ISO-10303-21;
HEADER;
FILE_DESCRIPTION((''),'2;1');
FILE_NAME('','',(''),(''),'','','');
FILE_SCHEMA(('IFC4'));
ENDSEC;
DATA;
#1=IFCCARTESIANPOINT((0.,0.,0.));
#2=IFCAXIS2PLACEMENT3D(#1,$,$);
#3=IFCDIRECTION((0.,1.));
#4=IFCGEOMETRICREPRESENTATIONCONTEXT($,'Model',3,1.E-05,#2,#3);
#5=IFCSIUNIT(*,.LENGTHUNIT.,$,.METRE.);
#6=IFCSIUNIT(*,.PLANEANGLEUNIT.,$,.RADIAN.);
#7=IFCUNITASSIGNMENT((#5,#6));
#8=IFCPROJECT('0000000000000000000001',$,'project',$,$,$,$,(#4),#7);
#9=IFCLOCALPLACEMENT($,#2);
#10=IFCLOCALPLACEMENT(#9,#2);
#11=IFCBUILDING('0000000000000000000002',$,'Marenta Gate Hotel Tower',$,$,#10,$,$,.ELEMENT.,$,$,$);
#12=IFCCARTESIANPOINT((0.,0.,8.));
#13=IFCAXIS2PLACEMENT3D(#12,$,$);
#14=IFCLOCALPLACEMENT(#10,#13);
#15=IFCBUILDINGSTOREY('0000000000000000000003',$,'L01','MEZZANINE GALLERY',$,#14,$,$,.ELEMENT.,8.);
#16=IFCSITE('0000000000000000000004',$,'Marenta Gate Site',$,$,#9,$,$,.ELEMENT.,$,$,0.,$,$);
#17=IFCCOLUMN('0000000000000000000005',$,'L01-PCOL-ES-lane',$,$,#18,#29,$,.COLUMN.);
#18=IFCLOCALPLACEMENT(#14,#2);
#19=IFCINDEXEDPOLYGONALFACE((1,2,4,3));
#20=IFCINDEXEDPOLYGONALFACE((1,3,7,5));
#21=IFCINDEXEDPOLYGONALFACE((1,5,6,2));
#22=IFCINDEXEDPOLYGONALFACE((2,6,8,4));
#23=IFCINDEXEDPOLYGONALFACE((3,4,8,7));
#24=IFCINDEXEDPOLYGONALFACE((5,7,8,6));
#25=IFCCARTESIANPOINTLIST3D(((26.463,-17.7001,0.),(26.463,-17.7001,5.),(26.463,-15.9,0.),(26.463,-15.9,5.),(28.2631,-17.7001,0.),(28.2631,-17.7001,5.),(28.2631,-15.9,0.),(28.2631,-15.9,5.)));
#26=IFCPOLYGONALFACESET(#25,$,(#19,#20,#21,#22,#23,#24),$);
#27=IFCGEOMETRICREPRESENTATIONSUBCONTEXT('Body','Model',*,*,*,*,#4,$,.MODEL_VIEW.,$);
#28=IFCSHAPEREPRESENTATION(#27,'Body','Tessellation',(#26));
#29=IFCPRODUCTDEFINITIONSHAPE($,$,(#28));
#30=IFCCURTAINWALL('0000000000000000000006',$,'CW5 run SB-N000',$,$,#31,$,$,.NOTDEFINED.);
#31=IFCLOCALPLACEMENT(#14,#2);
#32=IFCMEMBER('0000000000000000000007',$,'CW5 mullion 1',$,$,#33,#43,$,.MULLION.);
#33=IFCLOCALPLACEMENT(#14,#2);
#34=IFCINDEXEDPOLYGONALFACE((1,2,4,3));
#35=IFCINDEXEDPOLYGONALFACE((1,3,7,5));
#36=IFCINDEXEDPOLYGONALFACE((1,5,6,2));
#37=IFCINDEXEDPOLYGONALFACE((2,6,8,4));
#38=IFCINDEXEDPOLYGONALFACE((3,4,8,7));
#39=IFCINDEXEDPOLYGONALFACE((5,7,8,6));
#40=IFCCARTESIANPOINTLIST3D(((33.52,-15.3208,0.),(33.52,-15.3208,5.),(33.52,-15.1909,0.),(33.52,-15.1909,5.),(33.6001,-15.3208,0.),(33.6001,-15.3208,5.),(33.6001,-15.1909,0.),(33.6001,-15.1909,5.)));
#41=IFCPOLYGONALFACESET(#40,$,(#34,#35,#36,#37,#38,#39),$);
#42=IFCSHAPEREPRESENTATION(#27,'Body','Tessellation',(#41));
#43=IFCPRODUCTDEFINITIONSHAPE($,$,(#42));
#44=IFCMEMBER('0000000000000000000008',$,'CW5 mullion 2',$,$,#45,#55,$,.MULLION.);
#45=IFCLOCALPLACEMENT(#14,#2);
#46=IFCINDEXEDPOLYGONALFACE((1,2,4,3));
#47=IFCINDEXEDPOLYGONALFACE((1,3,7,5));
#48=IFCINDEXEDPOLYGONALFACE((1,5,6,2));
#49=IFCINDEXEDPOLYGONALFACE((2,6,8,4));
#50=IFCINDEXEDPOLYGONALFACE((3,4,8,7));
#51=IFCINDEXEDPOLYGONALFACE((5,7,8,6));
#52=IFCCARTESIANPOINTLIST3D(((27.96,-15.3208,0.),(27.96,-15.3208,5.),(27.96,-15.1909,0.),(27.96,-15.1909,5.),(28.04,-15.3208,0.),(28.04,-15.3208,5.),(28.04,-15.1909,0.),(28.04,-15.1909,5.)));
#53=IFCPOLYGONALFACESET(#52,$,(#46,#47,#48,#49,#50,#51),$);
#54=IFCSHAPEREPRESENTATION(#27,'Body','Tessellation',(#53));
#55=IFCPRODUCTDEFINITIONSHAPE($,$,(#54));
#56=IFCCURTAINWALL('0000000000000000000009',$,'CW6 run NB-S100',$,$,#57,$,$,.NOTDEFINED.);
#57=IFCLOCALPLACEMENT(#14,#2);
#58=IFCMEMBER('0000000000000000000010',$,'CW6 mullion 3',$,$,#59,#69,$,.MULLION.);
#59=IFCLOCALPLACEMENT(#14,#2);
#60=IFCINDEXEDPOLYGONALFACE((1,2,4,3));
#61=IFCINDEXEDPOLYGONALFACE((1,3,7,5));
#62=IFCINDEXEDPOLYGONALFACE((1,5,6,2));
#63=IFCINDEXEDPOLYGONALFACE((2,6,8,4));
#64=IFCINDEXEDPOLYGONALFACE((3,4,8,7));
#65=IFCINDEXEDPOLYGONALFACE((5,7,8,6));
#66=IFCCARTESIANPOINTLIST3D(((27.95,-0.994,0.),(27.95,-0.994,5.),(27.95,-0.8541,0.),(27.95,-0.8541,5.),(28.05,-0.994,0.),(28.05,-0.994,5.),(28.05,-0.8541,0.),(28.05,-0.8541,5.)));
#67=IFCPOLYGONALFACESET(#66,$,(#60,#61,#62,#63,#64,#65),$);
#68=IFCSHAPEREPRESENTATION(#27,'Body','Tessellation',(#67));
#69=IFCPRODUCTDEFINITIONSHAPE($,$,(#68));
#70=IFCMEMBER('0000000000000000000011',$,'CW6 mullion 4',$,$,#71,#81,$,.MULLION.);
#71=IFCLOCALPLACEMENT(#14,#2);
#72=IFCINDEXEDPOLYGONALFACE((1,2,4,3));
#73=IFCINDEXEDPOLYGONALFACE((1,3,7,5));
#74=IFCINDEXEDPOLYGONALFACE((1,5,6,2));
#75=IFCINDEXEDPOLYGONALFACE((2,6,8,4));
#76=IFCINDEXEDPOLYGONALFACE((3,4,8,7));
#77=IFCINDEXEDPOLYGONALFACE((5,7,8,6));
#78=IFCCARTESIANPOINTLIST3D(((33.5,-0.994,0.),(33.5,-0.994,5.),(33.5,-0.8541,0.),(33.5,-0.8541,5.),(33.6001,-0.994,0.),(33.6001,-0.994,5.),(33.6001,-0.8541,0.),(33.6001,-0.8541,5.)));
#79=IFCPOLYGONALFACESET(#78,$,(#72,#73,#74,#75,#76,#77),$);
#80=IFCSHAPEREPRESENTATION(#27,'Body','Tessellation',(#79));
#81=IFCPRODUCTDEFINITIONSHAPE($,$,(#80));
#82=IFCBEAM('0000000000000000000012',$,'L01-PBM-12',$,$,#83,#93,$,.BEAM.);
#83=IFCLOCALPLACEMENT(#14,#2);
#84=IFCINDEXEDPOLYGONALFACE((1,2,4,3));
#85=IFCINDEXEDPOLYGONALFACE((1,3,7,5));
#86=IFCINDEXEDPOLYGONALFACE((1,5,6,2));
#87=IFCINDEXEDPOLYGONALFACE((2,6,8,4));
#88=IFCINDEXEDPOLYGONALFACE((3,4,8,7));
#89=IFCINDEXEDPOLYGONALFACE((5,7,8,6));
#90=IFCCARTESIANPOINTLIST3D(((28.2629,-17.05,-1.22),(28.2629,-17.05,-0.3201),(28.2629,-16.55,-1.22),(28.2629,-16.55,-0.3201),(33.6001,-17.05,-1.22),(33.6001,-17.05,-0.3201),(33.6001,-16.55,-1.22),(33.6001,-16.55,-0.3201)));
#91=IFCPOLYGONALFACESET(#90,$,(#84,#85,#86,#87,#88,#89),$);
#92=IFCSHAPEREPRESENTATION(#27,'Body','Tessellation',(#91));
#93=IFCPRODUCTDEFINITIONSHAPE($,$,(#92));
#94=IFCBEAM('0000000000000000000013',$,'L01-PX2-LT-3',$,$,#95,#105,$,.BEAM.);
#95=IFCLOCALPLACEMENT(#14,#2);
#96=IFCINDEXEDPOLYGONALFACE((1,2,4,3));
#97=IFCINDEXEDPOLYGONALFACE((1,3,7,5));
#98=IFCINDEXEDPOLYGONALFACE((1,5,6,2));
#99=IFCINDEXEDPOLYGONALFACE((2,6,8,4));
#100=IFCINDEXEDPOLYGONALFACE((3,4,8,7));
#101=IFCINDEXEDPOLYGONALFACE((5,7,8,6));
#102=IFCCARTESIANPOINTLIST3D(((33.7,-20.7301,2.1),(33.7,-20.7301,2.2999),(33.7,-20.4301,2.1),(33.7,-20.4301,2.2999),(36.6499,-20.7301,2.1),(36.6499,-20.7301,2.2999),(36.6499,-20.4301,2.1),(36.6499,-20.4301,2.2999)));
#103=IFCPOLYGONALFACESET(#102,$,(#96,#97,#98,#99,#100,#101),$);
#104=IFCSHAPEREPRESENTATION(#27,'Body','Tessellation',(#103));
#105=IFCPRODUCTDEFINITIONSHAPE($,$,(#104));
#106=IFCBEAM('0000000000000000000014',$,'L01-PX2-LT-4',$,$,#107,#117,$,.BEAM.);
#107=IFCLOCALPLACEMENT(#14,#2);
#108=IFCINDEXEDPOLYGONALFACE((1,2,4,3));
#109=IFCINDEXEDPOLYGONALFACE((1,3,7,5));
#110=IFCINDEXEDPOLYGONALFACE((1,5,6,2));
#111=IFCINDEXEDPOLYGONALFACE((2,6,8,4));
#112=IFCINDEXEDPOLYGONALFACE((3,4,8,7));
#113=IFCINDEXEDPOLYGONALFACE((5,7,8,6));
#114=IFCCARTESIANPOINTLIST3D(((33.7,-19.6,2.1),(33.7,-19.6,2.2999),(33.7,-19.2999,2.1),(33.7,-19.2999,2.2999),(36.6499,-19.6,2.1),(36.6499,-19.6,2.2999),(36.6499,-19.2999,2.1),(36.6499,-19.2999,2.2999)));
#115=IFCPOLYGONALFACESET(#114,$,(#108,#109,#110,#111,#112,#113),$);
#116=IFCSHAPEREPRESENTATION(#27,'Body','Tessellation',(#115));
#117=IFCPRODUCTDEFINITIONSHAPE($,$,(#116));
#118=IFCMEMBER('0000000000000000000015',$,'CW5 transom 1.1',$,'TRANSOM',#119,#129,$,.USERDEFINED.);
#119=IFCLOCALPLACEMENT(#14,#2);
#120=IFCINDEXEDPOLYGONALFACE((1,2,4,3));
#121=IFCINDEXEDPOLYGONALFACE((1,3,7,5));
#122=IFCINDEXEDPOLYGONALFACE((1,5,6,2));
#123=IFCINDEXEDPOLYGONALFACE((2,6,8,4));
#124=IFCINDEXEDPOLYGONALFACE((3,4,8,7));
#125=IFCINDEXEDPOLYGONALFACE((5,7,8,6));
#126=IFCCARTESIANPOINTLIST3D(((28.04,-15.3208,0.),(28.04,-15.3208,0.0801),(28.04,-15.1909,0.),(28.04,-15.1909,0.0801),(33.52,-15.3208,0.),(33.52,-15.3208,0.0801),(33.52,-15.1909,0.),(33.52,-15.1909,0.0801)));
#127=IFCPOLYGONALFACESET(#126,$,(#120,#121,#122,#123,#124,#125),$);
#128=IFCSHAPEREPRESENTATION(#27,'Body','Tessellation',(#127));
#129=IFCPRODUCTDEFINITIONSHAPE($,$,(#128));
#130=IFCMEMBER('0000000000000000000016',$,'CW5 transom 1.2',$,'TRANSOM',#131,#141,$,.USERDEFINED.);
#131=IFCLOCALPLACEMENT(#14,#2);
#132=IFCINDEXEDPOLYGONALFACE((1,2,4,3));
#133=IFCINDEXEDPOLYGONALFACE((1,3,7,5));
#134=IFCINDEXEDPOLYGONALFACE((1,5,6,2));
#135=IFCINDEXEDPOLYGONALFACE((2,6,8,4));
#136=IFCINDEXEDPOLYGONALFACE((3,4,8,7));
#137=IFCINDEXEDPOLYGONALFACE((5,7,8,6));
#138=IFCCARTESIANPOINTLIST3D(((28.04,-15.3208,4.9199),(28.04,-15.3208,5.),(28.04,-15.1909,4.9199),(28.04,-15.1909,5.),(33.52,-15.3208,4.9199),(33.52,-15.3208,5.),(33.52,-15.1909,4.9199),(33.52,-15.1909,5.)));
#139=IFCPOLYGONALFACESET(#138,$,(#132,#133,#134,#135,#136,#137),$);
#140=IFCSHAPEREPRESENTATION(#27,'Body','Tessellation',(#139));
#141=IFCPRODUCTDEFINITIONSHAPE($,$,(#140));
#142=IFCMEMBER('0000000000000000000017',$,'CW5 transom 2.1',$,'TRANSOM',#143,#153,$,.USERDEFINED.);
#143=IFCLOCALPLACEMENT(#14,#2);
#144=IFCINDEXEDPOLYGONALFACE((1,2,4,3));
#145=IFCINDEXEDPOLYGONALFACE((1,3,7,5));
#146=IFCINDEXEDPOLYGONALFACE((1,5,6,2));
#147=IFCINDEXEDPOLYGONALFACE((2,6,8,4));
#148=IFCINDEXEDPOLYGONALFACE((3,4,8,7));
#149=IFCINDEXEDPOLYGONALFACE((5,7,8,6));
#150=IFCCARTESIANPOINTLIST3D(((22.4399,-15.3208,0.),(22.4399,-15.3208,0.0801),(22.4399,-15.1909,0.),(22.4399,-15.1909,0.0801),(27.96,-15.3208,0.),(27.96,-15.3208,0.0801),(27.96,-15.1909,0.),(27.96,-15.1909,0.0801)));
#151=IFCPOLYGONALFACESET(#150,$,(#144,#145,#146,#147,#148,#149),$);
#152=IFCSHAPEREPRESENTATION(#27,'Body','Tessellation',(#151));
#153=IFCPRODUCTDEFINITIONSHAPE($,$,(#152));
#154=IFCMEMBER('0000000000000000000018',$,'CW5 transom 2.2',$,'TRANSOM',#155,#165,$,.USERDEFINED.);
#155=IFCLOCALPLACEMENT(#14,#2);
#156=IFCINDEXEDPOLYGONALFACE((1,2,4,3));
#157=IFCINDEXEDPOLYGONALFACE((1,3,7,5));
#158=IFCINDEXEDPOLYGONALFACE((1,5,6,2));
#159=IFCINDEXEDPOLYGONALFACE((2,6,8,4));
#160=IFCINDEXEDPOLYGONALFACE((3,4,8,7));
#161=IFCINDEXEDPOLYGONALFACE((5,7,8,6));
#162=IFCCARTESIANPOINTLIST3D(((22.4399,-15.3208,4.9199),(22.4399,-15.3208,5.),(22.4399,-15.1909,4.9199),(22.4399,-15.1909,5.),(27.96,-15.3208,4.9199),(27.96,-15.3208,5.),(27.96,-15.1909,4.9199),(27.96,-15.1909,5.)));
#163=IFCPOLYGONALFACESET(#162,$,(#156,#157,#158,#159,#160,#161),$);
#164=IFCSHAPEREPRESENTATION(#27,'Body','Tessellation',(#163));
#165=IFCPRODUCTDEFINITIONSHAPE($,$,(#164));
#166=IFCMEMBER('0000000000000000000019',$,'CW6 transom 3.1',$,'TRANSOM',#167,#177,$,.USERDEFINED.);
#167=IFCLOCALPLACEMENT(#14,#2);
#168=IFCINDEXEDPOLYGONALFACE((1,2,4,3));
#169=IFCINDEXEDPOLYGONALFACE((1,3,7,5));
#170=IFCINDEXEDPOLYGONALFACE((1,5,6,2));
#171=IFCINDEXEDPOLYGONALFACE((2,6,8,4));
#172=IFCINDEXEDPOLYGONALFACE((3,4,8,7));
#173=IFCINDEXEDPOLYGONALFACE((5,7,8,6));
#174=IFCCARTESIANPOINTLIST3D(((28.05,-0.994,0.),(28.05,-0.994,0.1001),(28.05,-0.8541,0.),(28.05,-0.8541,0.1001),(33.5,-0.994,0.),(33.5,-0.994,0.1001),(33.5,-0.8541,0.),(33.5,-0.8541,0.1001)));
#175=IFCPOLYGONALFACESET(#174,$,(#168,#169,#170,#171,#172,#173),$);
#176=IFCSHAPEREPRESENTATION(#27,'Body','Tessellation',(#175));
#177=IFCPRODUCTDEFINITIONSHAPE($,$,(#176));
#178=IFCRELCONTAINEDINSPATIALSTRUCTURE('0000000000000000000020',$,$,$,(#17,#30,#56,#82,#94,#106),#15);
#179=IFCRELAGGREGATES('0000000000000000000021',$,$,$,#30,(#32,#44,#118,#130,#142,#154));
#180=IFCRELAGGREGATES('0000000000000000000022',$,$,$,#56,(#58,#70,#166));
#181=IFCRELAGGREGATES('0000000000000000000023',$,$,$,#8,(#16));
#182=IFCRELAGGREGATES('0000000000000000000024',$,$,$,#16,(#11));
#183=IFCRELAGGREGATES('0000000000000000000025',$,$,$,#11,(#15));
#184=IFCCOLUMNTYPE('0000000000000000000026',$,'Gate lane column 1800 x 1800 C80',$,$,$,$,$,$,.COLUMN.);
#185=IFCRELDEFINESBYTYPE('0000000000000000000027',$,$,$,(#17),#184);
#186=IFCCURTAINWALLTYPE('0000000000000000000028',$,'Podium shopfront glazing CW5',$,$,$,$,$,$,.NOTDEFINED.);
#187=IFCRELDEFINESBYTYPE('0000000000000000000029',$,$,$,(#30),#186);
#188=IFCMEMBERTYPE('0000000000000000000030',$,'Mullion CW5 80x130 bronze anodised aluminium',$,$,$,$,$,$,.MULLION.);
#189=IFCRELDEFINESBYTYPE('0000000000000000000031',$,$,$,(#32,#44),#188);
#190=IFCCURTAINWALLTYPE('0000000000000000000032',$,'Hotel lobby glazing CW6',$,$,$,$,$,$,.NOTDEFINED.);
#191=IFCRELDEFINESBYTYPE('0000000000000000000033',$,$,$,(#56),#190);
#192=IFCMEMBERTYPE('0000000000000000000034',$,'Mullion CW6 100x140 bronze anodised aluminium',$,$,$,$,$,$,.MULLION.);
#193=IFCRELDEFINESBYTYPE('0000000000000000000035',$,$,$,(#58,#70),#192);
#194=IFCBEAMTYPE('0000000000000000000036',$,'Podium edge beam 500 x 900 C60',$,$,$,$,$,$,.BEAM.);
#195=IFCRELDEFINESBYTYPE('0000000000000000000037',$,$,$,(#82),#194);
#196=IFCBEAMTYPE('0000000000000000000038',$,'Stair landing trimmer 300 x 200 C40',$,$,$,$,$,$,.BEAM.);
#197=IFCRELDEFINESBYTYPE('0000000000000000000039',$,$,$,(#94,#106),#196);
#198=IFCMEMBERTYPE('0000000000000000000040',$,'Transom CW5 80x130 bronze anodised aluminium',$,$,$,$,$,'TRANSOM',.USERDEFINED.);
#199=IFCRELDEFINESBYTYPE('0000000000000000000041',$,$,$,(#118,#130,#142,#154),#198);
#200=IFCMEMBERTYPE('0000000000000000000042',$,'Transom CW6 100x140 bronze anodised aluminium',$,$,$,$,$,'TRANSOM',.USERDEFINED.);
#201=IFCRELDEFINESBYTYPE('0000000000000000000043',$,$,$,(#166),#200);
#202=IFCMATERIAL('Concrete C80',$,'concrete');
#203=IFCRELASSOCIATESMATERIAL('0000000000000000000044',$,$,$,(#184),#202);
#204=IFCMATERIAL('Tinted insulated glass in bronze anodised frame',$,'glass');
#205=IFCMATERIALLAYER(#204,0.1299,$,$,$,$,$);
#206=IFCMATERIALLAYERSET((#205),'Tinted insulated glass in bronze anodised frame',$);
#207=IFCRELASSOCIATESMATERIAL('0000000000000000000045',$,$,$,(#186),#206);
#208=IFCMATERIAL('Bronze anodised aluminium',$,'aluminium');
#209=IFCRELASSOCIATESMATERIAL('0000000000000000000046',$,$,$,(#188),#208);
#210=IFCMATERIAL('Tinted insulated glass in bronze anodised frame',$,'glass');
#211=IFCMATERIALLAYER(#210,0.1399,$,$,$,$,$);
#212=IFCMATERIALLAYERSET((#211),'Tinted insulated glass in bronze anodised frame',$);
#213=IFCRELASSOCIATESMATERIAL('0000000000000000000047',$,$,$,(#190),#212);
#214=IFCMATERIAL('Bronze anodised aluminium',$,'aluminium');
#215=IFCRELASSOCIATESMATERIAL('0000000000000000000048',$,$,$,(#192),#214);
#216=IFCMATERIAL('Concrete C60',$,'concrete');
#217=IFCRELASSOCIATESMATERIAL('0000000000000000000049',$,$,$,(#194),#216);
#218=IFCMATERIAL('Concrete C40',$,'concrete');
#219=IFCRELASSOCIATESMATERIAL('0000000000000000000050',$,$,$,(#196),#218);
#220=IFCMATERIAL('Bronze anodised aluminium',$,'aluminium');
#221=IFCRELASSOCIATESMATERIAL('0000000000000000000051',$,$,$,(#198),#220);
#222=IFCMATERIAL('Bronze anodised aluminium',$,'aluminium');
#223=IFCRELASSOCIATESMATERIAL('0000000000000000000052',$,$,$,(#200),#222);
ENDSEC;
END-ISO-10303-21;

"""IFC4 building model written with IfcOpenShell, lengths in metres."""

from ifc_helpers import new_model, si_unit, direction, frame, origin, origin_2d, place, context, subcontext, project, spatial, rectangle, extrude, material, layer, layer_set, material_profile, profile_set, type_object, element, aggregate, save


model = new_model("IFC4")

# Units and contexts
model_context = context("Model", 3, precision=1e-05, world=origin(), true_north=direction((0.0, 1.0)))
body_context = subcontext(model_context, "Body", "Model", "MODEL_VIEW")
ifc_project = project(units=[si_unit("LENGTHUNIT", "METRE"), si_unit("PLANEANGLEUNIT", "RADIAN")], contexts=[model_context])

# Site, building, storey
site_placement = place(None, origin())
site = spatial("IfcSite", under=ifc_project, at=site_placement, Name="Marenta Gate Site", CompositionType="ELEMENT", RefElevation=0.0)
building_placement = place(site_placement, origin())
building = spatial("IfcBuilding", under=site, at=building_placement, Name="Marenta Gate Hotel Tower", CompositionType="ELEMENT")
storey_placement = place(building_placement, frame((0.0, 0.0, 8.0)))
storey = spatial("IfcBuildingStorey", under=building, at=storey_placement, Name="L01", Description="MEZZANINE GALLERY", CompositionType="ELEMENT", Elevation=8.0)

# Column
ifc_material_1 = material(Name="Concrete C80", Category="concrete")
ifc_material_profile_1 = material_profile(ifc_material_1, rectangle(XDim=1.8, YDim=1.8, at=origin_2d()), Name="1800 x 1800")
ifc_profile_set_1 = profile_set([ifc_material_profile_1], Name="Concrete C80")
column_type = type_object("IfcColumnType", Name="Gate lane column 1800 x 1800 C80", PredefinedType="COLUMN", material=ifc_profile_set_1)
column_placement = place(storey_placement, frame((27.363, -16.8, 0.0), z_axis=(0.0, 0.0, 1.0), x_axis=(1.0, 0.0, 0.0)))
element("IfcColumn", 1, at=column_placement, inside=storey, type_object=column_type, Name="L01-PCOL-ES-lane", PredefinedType="COLUMN", context=body_context, shape_type="SweptSolid", body=[
    extrude(rectangle(XDim=1.8, YDim=1.8, at=origin_2d()), origin(), (0.0, 0.0, 1.0), 5.0),
])

# Curtain walls, members
ifc_material_2 = material(Name="Tinted insulated glass in bronze anodised frame", Category="glass")
ifc_layer_1 = layer(ifc_material_2, 0.1299)
ifc_layer_set_1 = layer_set([ifc_layer_1], Name="Tinted insulated glass in bronze anodised frame")
curtain_wall_type_1 = type_object("IfcCurtainWallType", Name="Podium shopfront glazing CW5", PredefinedType="NOTDEFINED", material=ifc_layer_set_1)
curtain_wall_1_placement = place(storey_placement, origin())
curtain_wall_1 = element("IfcCurtainWall", 2, at=curtain_wall_1_placement, inside=storey, type_object=curtain_wall_type_1, Name="CW5 run SB-N000", PredefinedType="NOTDEFINED")
ifc_material_3 = material(Name="Bronze anodised aluminium", Category="aluminium")
ifc_material_profile_2 = material_profile(ifc_material_3, rectangle(XDim=0.1299, YDim=0.0801, at=origin_2d()), Name="Mullion CW5 80x130 bronze anodised aluminium")
ifc_profile_set_2 = profile_set([ifc_material_profile_2], Name="Bronze anodised aluminium")
member_type_1 = type_object("IfcMemberType", Name="Mullion CW5 80x130 bronze anodised aluminium", PredefinedType="MULLION", material=ifc_profile_set_2)
member_1_placement = place(storey_placement, frame((33.5601, -15.2559, 0.0), z_axis=(0.0, 0.0, 1.0), x_axis=(0.0, -1.0, 0.0)))
member_1 = element("IfcMember", 3, at=member_1_placement, type_object=member_type_1, Name="CW5 mullion 1", PredefinedType="MULLION", context=body_context, shape_type="SweptSolid", body=[
    extrude(rectangle(XDim=0.1299, YDim=0.0801, at=origin_2d()), origin(), (0.0, 0.0, 1.0), 5.0),
])
member_2_placement = place(storey_placement, frame((28.0, -15.2559, 0.0), z_axis=(0.0, 0.0, 1.0), x_axis=(0.0, -1.0, 0.0)))
member_2 = element("IfcMember", 4, at=member_2_placement, type_object=member_type_1, Name="CW5 mullion 2", PredefinedType="MULLION", context=body_context, shape_type="SweptSolid", body=[
    extrude(rectangle(XDim=0.1299, YDim=0.0801, at=origin_2d()), origin(), (0.0, 0.0, 1.0), 5.0),
])
ifc_material_4 = material(Name="Tinted insulated glass in bronze anodised frame", Category="glass")
ifc_layer_2 = layer(ifc_material_4, 0.1399)
ifc_layer_set_2 = layer_set([ifc_layer_2], Name="Tinted insulated glass in bronze anodised frame")
curtain_wall_type_2 = type_object("IfcCurtainWallType", Name="Hotel lobby glazing CW6", PredefinedType="NOTDEFINED", material=ifc_layer_set_2)
curtain_wall_2_placement = place(storey_placement, origin())
curtain_wall_2 = element("IfcCurtainWall", 5, at=curtain_wall_2_placement, inside=storey, type_object=curtain_wall_type_2, Name="CW6 run NB-S100", PredefinedType="NOTDEFINED")
ifc_material_5 = material(Name="Bronze anodised aluminium", Category="aluminium")
ifc_material_profile_3 = material_profile(ifc_material_5, rectangle(XDim=0.1399, YDim=0.1001, at=origin_2d()), Name="Mullion CW6 100x140 bronze anodised aluminium")
ifc_profile_set_3 = profile_set([ifc_material_profile_3], Name="Bronze anodised aluminium")
member_type_2 = type_object("IfcMemberType", Name="Mullion CW6 100x140 bronze anodised aluminium", PredefinedType="MULLION", material=ifc_profile_set_3)
member_3_placement = place(storey_placement, frame((28.0, -0.9241, 0.0), z_axis=(0.0, 0.0, 1.0), x_axis=(0.0, 1.0, 0.0)))
member_3 = element("IfcMember", 6, at=member_3_placement, type_object=member_type_2, Name="CW6 mullion 3", PredefinedType="MULLION", context=body_context, shape_type="SweptSolid", body=[
    extrude(rectangle(XDim=0.1399, YDim=0.1001, at=origin_2d()), origin(), (0.0, 0.0, 1.0), 5.0),
])
member_4_placement = place(storey_placement, frame((33.55, -0.9241, 0.0), z_axis=(0.0, 0.0, 1.0), x_axis=(0.0, 1.0, 0.0)))
member_4 = element("IfcMember", 7, at=member_4_placement, type_object=member_type_2, Name="CW6 mullion 4", PredefinedType="MULLION", context=body_context, shape_type="SweptSolid", body=[
    extrude(rectangle(XDim=0.1399, YDim=0.1001, at=origin_2d()), origin(), (0.0, 0.0, 1.0), 5.0),
])

# Beams
ifc_material_6 = material(Name="Concrete C60", Category="concrete")
ifc_material_profile_4 = material_profile(ifc_material_6, rectangle(XDim=0.5, YDim=0.8999, at=origin_2d()), Name="500 x 900")
ifc_profile_set_4 = profile_set([ifc_material_profile_4], Name="Concrete C60")
beam_type_1 = type_object("IfcBeamType", Name="Podium edge beam 500 x 900 C60", PredefinedType="BEAM", material=ifc_profile_set_4)
beam_placement = place(storey_placement, frame((33.6001, -16.8, -0.77), z_axis=(-1.0, 0.0, 0.0), x_axis=(0.0, -1.0, 0.0)))
element("IfcBeam", 8, at=beam_placement, inside=storey, type_object=beam_type_1, Name="L01-PBM-12", PredefinedType="BEAM", context=body_context, shape_type="SweptSolid", body=[
    extrude(rectangle(XDim=0.5, YDim=0.8999, at=origin_2d()), origin(), (0.0, 0.0, 1.0), 5.3372),
])
ifc_material_7 = material(Name="Concrete C40", Category="concrete")
ifc_material_profile_5 = material_profile(ifc_material_7, rectangle(XDim=0.3, YDim=0.2, at=origin_2d()), Name="300 x 200")
ifc_profile_set_5 = profile_set([ifc_material_profile_5], Name="Concrete C40")
beam_type_2 = type_object("IfcBeamType", Name="Stair landing trimmer 300 x 200 C40", PredefinedType="BEAM", material=ifc_profile_set_5)
for number, where, z_axis, x_axis, name in (
    (9, (33.7, -20.5801, 2.2), (1.0, 0.0, 0.0), (0.0, 1.0, 0.0), "L01-PX2-LT-3"),
    (10, (33.7, -19.45, 2.2), (1.0, 0.0, 0.0), (0.0, 1.0, 0.0), "L01-PX2-LT-4"),
):
    element("IfcBeam", number, at=place(storey_placement, frame(where, z_axis=z_axis, x_axis=x_axis)), inside=storey, type_object=beam_type_2, Name=name, PredefinedType="BEAM", context=body_context, shape_type="SweptSolid", body=[
        extrude(rectangle(XDim=0.3, YDim=0.2, at=origin_2d()), origin(), (0.0, 0.0, 1.0), 2.95),
    ])

# Members
ifc_material_8 = material(Name="Bronze anodised aluminium", Category="aluminium")
ifc_material_profile_6 = material_profile(ifc_material_8, rectangle(XDim=0.1299, YDim=0.0801, at=origin_2d()), Name="Transom CW5 80x130 bronze anodised aluminium")
ifc_profile_set_6 = profile_set([ifc_material_profile_6], Name="Bronze anodised aluminium")
member_type_3 = type_object("IfcMemberType", Name="Transom CW5 80x130 bronze anodised aluminium", ElementType="TRANSOM", PredefinedType="USERDEFINED", material=ifc_profile_set_6)
member_5_placement = place(storey_placement, frame((33.52, -15.2559, 0.04), z_axis=(-1.0, 0.0, 0.0), x_axis=(0.0, -1.0, 0.0)))
member_5 = element("IfcMember", 11, at=member_5_placement, type_object=member_type_3, Name="CW5 transom 1.1", ObjectType="TRANSOM", PredefinedType="USERDEFINED", context=body_context, shape_type="SweptSolid", body=[
    extrude(rectangle(XDim=0.1299, YDim=0.0801, at=origin_2d()), origin(), (0.0, 0.0, 1.0), 5.48),
])
member_6_placement = place(storey_placement, frame((33.52, -15.2559, 4.96), z_axis=(-1.0, 0.0, 0.0), x_axis=(0.0, -1.0, 0.0)))
member_6 = element("IfcMember", 12, at=member_6_placement, type_object=member_type_3, Name="CW5 transom 1.2", ObjectType="TRANSOM", PredefinedType="USERDEFINED", context=body_context, shape_type="SweptSolid", body=[
    extrude(rectangle(XDim=0.1299, YDim=0.0801, at=origin_2d()), origin(), (0.0, 0.0, 1.0), 5.48),
])
member_7_placement = place(storey_placement, frame((27.96, -15.2559, 0.04), z_axis=(-1.0, 0.0, 0.0), x_axis=(0.0, -1.0, 0.0)))
member_7 = element("IfcMember", 13, at=member_7_placement, type_object=member_type_3, Name="CW5 transom 2.1", ObjectType="TRANSOM", PredefinedType="USERDEFINED", context=body_context, shape_type="SweptSolid", body=[
    extrude(rectangle(XDim=0.1299, YDim=0.0801, at=origin_2d()), origin(), (0.0, 0.0, 1.0), 5.52),
])
member_8_placement = place(storey_placement, frame((27.96, -15.2559, 4.96), z_axis=(-1.0, 0.0, 0.0), x_axis=(0.0, -1.0, 0.0)))
member_8 = element("IfcMember", 14, at=member_8_placement, type_object=member_type_3, Name="CW5 transom 2.2", ObjectType="TRANSOM", PredefinedType="USERDEFINED", context=body_context, shape_type="SweptSolid", body=[
    extrude(rectangle(XDim=0.1299, YDim=0.0801, at=origin_2d()), origin(), (0.0, 0.0, 1.0), 5.52),
])
ifc_material_9 = material(Name="Bronze anodised aluminium", Category="aluminium")
ifc_material_profile_7 = material_profile(ifc_material_9, rectangle(XDim=0.1399, YDim=0.1001, at=origin_2d()), Name="Transom CW6 100x140 bronze anodised aluminium")
ifc_profile_set_7 = profile_set([ifc_material_profile_7], Name="Bronze anodised aluminium")
member_type_4 = type_object("IfcMemberType", Name="Transom CW6 100x140 bronze anodised aluminium", ElementType="TRANSOM", PredefinedType="USERDEFINED", material=ifc_profile_set_7)
member_9_placement = place(storey_placement, frame((28.05, -0.9241, 0.05), z_axis=(1.0, 0.0, 0.0), x_axis=(0.0, 1.0, 0.0)))
member_9 = element("IfcMember", 15, at=member_9_placement, type_object=member_type_4, Name="CW6 transom 3.1", ObjectType="TRANSOM", PredefinedType="USERDEFINED", context=body_context, shape_type="SweptSolid", body=[
    extrude(rectangle(XDim=0.1399, YDim=0.1001, at=origin_2d()), origin(), (0.0, 0.0, 1.0), 5.45),
])

aggregate(curtain_wall_1, [member_1, member_2, member_5, member_6, member_7, member_8])
aggregate(curtain_wall_2, [member_3, member_4, member_9])

save(model, "model.ifc")
